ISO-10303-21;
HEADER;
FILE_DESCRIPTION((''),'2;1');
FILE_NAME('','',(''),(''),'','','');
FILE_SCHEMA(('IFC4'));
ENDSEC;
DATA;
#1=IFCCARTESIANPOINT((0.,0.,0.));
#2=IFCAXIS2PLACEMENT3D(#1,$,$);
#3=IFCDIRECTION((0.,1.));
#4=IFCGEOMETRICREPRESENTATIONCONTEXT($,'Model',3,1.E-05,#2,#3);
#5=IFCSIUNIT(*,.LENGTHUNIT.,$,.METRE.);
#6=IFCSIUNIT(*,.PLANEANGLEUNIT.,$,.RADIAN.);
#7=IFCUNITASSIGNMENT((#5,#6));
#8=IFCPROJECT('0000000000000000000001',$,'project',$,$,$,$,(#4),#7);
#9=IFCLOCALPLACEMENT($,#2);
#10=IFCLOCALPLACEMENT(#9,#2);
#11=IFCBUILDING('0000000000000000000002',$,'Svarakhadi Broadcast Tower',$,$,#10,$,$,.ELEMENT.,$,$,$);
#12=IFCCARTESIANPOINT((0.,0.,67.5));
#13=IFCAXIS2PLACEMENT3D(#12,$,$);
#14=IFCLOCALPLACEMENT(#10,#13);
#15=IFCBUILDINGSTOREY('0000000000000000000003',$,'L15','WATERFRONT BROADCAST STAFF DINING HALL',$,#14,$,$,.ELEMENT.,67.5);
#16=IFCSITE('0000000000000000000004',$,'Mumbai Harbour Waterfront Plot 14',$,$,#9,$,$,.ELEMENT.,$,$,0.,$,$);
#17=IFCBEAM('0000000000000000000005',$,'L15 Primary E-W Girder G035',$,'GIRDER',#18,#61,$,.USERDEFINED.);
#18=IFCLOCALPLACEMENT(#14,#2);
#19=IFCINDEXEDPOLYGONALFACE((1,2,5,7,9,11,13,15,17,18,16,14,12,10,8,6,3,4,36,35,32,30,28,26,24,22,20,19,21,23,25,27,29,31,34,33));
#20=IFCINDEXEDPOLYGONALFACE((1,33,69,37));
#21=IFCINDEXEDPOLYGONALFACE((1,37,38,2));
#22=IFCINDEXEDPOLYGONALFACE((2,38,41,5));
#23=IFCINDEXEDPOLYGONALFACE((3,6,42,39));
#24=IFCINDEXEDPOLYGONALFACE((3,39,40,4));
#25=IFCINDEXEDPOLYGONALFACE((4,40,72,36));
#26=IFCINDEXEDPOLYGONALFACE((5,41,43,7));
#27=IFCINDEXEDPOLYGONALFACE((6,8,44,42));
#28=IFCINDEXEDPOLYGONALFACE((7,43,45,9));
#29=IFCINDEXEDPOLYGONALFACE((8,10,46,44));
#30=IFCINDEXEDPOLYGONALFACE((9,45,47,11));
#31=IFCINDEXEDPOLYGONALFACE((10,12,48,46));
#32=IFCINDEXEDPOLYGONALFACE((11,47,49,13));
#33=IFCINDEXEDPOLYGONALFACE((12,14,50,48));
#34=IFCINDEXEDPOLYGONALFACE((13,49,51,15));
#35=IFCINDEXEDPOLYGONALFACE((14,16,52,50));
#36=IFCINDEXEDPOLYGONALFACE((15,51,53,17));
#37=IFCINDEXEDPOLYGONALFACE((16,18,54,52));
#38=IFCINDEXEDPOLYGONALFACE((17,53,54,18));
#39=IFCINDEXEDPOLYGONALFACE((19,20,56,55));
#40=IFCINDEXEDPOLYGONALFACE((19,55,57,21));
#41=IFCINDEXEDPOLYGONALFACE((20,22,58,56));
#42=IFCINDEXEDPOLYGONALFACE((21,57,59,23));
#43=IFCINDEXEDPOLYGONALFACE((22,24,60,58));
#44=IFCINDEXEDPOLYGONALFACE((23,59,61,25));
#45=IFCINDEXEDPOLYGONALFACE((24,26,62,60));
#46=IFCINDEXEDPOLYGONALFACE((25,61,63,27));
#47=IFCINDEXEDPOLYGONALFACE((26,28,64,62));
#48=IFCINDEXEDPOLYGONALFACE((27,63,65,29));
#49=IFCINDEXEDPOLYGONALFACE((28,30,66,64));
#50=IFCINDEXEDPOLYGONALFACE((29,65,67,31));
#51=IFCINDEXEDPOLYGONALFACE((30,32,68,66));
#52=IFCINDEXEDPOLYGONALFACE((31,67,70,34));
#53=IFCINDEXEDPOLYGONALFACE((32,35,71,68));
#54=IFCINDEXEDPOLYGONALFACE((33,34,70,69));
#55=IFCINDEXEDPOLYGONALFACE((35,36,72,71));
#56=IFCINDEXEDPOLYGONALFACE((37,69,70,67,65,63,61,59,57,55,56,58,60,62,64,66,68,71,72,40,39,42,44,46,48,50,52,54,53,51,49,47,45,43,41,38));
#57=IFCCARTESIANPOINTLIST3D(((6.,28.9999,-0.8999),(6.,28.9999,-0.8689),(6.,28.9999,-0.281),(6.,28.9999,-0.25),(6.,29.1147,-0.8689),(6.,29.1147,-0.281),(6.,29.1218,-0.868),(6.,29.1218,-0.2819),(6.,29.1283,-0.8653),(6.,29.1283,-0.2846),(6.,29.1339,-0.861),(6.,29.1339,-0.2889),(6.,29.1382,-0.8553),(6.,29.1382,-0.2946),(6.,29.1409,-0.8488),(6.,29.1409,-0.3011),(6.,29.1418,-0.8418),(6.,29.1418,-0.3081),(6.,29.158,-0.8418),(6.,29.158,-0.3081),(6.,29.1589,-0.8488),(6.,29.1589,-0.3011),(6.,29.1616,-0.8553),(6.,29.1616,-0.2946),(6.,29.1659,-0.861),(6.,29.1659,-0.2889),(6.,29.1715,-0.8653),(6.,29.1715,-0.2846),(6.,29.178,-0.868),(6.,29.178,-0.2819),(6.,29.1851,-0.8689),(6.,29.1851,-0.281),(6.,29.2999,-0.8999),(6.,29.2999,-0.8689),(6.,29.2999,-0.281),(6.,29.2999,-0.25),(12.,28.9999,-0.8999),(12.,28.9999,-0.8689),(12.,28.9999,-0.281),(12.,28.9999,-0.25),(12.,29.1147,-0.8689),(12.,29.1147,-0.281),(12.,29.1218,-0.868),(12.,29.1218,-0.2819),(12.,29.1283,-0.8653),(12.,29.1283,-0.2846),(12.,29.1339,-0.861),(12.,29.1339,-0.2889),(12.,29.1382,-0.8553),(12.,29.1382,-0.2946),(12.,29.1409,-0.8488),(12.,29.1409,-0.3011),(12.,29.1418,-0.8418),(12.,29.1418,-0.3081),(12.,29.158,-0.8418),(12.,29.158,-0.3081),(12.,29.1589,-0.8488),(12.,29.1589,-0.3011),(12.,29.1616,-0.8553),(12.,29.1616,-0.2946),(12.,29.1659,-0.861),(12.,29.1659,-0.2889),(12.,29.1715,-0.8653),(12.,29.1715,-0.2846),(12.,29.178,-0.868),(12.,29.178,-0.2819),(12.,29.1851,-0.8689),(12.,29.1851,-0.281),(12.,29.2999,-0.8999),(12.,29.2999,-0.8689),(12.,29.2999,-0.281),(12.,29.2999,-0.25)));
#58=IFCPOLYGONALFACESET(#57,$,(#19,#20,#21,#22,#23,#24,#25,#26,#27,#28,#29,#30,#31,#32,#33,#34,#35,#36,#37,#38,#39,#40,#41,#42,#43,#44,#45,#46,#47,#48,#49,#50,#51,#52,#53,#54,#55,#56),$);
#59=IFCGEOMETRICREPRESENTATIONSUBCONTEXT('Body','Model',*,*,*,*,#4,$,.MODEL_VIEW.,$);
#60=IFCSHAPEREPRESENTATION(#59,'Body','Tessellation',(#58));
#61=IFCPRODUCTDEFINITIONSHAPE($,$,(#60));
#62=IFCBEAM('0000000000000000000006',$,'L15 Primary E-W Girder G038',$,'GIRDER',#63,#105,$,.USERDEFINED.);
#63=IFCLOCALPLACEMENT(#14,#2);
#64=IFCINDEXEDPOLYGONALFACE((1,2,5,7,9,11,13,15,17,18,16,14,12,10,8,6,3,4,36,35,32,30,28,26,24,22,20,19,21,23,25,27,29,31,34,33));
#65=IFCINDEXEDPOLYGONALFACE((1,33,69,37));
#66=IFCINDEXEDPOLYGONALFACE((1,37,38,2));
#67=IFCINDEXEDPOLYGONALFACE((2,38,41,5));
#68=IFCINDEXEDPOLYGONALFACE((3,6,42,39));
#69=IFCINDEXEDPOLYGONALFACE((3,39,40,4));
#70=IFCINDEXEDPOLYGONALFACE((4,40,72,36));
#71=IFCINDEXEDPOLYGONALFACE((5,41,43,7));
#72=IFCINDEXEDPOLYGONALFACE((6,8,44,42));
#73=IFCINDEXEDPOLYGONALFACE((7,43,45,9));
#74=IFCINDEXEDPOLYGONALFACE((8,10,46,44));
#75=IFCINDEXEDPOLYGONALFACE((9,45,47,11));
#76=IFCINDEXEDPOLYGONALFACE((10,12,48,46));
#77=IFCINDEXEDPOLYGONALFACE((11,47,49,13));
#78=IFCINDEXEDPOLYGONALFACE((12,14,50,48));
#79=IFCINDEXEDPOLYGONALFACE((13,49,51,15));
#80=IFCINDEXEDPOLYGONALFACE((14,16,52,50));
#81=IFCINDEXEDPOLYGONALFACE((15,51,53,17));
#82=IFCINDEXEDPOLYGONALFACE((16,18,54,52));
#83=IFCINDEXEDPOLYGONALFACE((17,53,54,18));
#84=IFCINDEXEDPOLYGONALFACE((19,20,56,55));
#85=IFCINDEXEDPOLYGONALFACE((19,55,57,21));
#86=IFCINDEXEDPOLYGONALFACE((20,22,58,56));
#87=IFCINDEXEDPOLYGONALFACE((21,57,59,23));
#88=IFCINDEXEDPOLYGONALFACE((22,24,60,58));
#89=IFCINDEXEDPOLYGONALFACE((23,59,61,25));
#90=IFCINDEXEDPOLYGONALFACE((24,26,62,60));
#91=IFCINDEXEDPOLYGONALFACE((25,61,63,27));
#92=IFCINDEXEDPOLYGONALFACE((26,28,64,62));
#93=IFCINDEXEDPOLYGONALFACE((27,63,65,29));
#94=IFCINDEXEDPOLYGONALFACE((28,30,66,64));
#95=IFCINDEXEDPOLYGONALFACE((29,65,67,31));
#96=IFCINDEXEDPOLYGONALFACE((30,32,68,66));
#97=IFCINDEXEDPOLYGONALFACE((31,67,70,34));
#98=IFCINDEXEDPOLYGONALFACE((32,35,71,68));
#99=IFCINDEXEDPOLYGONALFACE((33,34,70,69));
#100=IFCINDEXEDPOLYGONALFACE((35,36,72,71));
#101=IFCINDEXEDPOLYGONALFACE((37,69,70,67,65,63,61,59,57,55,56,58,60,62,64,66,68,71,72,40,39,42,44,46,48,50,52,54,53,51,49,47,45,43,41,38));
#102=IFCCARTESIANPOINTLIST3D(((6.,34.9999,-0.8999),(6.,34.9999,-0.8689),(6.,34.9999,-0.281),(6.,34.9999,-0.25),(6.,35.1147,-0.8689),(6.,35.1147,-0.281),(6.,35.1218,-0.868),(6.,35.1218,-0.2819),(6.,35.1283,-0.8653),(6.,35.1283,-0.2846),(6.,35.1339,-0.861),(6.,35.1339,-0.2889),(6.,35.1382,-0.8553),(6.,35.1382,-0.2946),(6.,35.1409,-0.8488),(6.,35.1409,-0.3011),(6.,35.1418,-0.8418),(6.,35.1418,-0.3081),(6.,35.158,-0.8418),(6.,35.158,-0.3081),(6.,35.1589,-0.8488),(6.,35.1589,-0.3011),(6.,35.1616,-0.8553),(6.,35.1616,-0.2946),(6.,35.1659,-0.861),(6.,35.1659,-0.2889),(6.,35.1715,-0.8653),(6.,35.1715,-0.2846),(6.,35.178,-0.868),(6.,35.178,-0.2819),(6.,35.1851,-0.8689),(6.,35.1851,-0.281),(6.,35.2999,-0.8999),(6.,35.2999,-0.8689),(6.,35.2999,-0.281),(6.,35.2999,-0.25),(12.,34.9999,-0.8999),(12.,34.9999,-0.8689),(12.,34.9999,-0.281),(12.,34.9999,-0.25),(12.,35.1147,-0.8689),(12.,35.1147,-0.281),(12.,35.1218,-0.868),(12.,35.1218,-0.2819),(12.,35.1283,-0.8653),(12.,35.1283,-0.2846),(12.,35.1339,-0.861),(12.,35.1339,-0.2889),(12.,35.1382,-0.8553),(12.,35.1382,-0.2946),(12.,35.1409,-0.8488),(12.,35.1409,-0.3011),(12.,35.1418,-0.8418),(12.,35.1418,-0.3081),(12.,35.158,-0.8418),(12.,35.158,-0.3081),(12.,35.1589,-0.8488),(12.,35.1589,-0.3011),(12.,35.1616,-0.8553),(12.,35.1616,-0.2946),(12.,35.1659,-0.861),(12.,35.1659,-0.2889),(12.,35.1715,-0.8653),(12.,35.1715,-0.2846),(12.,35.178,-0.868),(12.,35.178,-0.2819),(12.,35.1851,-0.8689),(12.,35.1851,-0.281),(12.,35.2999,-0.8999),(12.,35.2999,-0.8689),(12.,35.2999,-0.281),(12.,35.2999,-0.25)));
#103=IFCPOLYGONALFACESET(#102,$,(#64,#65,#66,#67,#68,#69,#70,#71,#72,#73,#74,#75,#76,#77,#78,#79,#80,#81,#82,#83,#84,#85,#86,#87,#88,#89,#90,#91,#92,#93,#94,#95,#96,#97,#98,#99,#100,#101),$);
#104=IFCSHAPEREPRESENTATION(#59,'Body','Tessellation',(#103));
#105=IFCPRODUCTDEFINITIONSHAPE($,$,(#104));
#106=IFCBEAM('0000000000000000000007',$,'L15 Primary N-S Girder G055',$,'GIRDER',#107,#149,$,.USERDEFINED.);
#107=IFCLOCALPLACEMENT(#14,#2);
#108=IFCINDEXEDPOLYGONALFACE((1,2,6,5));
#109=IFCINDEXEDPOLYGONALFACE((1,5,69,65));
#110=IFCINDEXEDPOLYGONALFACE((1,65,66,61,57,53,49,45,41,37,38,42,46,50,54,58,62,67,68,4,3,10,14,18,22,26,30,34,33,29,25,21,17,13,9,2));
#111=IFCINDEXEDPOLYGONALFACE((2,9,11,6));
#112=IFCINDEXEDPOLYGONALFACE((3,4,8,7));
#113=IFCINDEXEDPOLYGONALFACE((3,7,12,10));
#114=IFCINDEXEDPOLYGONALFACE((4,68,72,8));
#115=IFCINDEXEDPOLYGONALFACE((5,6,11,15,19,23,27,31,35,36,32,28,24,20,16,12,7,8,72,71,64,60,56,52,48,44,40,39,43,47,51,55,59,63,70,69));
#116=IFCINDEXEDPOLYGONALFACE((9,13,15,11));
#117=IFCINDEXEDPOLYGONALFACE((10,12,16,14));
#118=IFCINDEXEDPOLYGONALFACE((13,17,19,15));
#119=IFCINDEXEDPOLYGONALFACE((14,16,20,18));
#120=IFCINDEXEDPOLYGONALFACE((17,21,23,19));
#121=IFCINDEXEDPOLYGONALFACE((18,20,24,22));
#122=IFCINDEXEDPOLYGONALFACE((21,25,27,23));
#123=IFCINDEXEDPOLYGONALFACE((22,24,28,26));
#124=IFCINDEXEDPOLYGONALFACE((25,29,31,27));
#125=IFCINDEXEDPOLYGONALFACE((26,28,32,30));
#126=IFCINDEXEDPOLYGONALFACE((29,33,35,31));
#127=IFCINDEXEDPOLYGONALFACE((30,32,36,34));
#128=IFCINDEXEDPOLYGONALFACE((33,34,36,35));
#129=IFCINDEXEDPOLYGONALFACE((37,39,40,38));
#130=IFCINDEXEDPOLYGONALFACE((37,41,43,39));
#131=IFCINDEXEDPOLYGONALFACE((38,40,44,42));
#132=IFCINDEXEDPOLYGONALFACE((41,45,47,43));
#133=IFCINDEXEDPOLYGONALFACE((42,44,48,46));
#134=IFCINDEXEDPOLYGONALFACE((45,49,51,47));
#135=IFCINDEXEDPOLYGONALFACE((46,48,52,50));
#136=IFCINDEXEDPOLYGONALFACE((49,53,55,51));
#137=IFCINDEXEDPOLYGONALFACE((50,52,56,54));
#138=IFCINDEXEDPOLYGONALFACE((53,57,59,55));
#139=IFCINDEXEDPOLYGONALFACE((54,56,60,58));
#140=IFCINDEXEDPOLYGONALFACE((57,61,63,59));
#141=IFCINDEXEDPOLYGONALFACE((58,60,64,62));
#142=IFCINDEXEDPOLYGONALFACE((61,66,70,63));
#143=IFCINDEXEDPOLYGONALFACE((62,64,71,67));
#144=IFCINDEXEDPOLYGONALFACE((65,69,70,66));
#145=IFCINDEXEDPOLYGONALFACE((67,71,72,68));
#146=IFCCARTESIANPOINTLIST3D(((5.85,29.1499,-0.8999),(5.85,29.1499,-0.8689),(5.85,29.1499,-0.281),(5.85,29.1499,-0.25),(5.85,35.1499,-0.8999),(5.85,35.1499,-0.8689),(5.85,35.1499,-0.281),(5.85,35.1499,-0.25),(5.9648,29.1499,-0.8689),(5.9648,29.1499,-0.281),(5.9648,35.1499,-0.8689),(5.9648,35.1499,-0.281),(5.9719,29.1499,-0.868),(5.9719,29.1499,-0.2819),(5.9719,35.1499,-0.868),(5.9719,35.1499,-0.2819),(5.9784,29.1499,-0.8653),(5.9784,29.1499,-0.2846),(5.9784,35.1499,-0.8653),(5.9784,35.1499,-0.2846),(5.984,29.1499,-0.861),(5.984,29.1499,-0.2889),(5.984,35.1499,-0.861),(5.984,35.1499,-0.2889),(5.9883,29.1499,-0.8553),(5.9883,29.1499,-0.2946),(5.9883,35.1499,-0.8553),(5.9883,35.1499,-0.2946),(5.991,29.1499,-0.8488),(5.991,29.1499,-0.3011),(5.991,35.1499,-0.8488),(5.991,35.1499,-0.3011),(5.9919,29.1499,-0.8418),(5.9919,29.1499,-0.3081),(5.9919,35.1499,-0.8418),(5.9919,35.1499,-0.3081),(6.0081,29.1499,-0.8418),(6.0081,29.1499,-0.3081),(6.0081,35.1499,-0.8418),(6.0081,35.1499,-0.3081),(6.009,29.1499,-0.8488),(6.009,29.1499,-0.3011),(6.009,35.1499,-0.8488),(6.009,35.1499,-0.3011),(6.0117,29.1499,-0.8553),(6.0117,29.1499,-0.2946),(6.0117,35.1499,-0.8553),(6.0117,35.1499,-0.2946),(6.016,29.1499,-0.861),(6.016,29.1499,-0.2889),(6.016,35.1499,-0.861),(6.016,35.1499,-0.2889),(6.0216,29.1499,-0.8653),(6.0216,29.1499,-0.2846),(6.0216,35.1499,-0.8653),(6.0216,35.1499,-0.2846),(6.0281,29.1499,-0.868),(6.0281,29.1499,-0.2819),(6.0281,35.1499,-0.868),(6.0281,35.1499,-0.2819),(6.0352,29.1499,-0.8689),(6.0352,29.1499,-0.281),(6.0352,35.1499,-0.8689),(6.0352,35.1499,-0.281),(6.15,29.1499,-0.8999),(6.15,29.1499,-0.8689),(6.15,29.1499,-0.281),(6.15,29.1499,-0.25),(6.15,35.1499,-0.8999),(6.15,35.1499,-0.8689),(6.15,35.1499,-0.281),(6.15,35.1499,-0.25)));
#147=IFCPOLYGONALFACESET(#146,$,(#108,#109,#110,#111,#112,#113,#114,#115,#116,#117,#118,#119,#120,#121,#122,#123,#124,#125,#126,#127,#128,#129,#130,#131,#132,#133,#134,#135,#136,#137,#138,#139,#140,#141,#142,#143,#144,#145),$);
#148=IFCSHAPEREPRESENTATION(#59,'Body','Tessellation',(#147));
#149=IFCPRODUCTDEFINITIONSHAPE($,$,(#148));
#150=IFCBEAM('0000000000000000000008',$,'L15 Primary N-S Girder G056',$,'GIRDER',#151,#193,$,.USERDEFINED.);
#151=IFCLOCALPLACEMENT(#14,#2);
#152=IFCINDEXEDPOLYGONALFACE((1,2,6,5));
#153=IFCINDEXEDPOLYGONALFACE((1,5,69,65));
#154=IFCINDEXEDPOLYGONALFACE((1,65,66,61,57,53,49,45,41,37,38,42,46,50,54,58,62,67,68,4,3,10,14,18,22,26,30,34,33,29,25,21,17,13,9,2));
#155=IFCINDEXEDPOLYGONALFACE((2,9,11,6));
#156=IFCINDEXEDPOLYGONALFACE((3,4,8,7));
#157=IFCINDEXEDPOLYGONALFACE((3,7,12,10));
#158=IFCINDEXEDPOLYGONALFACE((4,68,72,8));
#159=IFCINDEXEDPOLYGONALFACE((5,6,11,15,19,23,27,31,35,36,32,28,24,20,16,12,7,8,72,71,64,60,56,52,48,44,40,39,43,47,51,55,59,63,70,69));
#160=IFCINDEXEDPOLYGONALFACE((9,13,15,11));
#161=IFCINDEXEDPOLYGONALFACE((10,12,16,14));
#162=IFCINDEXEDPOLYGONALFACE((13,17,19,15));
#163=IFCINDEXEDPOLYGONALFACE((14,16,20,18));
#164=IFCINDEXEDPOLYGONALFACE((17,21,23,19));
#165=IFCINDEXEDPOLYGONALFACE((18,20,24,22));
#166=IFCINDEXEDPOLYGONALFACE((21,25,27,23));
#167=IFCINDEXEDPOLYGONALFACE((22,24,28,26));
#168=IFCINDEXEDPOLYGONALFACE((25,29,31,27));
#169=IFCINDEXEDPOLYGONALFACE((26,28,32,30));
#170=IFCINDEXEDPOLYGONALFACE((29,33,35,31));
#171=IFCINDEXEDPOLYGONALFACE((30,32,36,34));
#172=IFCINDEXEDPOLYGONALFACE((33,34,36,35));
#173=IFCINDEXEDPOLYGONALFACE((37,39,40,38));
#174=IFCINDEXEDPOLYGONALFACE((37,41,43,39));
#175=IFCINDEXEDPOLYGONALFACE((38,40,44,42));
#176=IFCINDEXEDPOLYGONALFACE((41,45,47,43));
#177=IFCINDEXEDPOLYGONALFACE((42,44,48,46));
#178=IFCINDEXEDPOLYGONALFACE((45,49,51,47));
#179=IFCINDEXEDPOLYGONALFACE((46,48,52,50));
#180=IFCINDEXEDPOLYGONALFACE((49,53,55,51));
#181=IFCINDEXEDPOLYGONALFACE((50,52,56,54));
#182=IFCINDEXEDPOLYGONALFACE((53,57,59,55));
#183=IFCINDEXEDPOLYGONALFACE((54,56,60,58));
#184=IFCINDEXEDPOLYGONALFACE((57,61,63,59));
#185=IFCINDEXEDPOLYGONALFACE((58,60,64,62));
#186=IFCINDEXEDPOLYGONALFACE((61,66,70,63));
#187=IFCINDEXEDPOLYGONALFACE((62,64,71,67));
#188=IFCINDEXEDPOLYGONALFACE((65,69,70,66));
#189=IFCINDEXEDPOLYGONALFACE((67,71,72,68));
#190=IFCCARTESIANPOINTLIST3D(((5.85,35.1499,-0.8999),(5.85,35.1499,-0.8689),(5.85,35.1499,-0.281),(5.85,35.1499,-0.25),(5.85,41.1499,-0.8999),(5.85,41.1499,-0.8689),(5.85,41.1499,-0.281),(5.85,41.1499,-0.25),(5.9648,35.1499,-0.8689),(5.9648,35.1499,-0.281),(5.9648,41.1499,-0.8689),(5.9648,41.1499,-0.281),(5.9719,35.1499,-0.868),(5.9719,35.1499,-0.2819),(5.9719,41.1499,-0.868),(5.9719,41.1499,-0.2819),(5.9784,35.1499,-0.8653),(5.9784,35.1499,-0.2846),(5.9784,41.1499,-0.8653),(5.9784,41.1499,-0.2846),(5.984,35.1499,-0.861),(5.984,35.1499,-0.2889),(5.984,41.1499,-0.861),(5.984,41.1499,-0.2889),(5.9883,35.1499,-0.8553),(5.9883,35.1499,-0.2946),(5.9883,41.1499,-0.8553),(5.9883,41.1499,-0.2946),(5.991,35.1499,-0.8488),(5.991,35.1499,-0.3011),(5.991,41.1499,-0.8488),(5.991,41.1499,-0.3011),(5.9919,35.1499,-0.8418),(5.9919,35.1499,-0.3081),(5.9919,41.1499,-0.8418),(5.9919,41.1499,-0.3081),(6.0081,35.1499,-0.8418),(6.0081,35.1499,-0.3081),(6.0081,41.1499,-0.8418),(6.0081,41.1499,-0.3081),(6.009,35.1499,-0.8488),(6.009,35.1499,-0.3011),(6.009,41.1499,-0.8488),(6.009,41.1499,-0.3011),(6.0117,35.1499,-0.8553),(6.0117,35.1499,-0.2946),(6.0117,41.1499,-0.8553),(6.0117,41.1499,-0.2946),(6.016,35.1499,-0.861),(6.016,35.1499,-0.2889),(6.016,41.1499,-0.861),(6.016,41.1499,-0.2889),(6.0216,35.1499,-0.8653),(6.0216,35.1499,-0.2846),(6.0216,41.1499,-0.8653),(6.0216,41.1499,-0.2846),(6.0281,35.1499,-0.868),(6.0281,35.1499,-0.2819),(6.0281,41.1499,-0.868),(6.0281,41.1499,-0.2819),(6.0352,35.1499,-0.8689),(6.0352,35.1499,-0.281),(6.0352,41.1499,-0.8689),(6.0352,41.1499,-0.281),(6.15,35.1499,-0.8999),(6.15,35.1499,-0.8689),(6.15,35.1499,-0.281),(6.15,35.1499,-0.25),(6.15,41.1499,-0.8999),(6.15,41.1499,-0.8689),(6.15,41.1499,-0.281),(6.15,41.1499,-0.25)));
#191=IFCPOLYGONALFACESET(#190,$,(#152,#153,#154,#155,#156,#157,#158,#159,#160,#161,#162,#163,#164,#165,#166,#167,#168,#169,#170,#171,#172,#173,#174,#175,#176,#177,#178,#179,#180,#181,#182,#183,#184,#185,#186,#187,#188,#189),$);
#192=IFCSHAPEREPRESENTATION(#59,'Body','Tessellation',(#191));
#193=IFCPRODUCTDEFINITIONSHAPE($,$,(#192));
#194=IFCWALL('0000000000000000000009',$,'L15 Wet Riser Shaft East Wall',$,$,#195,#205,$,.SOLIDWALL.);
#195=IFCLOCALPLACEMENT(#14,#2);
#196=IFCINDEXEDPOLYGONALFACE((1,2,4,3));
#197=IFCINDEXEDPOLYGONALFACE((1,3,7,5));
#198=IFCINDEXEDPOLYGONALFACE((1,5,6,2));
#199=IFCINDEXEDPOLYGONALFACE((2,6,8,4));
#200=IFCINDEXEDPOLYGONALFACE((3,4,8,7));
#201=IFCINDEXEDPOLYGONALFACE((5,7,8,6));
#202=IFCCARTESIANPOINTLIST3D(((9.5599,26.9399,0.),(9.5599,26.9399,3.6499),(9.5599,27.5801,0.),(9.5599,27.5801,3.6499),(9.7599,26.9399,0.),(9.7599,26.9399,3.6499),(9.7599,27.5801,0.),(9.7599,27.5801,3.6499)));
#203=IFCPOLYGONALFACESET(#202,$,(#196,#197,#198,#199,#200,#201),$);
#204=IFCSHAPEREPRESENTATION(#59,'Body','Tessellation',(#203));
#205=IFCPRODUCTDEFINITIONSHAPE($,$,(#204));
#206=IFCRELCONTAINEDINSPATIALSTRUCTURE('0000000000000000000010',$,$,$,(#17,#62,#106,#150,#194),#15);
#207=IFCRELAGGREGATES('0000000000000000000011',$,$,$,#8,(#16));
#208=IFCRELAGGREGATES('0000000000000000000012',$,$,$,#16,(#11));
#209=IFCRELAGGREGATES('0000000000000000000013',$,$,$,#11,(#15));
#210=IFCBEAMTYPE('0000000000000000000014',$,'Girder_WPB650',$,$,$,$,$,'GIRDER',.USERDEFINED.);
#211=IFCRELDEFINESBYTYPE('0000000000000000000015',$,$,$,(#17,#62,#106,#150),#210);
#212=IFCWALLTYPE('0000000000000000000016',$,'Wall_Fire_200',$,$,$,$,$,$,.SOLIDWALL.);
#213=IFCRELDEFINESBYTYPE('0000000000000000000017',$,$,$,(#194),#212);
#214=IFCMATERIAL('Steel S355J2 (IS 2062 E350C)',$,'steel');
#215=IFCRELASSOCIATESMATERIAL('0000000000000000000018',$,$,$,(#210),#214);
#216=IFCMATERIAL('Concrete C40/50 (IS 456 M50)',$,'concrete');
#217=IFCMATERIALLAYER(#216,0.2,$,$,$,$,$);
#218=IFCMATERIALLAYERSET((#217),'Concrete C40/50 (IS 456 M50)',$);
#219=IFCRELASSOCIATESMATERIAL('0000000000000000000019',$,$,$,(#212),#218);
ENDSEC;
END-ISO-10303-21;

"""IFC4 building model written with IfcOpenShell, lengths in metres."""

from ifc_helpers import new_model, si_unit, direction, frame, frame_2d, origin, origin_2d, place, context, subcontext, project, spatial, rectangle, i_section, extrude, material, layer, layer_set, material_profile, profile_set, type_object, element, save


model = new_model("IFC4")

# Units and contexts
model_context = context("Model", 3, precision=1e-05, world=origin(), true_north=direction((0.0, 1.0)))
body_context = subcontext(model_context, "Body", "Model", "MODEL_VIEW")
ifc_project = project(units=[si_unit("LENGTHUNIT", "METRE"), si_unit("PLANEANGLEUNIT", "RADIAN")], contexts=[model_context])

# Site, building, storey
site_placement = place(None, origin())
site = spatial("IfcSite", under=ifc_project, at=site_placement, Name="Mumbai Harbour Waterfront Plot 14", CompositionType="ELEMENT", RefElevation=0.0)
building_placement = place(site_placement, origin())
building = spatial("IfcBuilding", under=site, at=building_placement, Name="Svarakhadi Broadcast Tower", CompositionType="ELEMENT")
storey_placement = place(building_placement, frame((0.0, 0.0, 67.5)))
storey = spatial("IfcBuildingStorey", under=building, at=storey_placement, Name="L15", Description="WATERFRONT BROADCAST STAFF DINING HALL", CompositionType="ELEMENT", Elevation=67.5)

# Beams
ifc_material_1 = material(Name="Steel S355J2 (IS 2062 E350C)", Category="steel")
ifc_material_profile_1 = material_profile(ifc_material_1, i_section(OverallWidth=0.3, OverallDepth=0.6499, WebThickness=0.0161, FlangeThickness=0.031, FilletRadius=0.0271, at=origin_2d()), Name="WPB 650x300x225")
ifc_profile_set_1 = profile_set([ifc_material_profile_1], Name="Steel S355J2 (IS 2062 E350C)")
beam_type_1 = type_object("IfcBeamType", Name="Girder_WPB650", ElementType="GIRDER", PredefinedType="USERDEFINED", material=ifc_profile_set_1)
for number, where, z_axis, x_axis, name in (
    (1, (6.0, 29.1499, -0.575), (1.0, 0.0, 0.0), (0.0, 1.0, 0.0), "L15 Primary E-W Girder G035"),
    (2, (6.0, 35.1499, -0.575), (1.0, 0.0, 0.0), (0.0, 1.0, 0.0), "L15 Primary E-W Girder G038"),
    (3, (6.0, 29.1499, -0.575), (0.0, 1.0, 0.0), (-1.0, 0.0, 0.0), "L15 Primary N-S Girder G055"),
    (4, (6.0, 35.1499, -0.575), (0.0, 1.0, 0.0), (-1.0, 0.0, 0.0), "L15 Primary N-S Girder G056"),
):
    element("IfcBeam", number, at=place(storey_placement, frame(where, z_axis=z_axis, x_axis=x_axis)), inside=storey, type_object=beam_type_1, Name=name, ObjectType="GIRDER", PredefinedType="USERDEFINED", context=body_context, shape_type="SweptSolid", body=[
        extrude(i_section(OverallWidth=0.3, OverallDepth=0.6499, WebThickness=0.0161, FlangeThickness=0.031, FilletRadius=0.0271, at=origin_2d()), origin(), (0.0, 0.0, 1.0), 6.0),
    ])

# Wall
ifc_material_2 = material(Name="Concrete C40/50 (IS 456 M50)", Category="concrete")
ifc_layer_1 = layer(ifc_material_2, 0.2)
ifc_layer_set_1 = layer_set([ifc_layer_1], Name="Concrete C40/50 (IS 456 M50)")
wall_type_1 = type_object("IfcWallType", Name="Wall_Fire_200", PredefinedType="SOLIDWALL", material=ifc_layer_set_1)
wall_1_placement = place(storey_placement, frame((9.6599, 26.9399, 0.0), z_axis=(0.0, 0.0, 1.0), x_axis=(0.0, 1.0, 0.0)))
element("IfcWall", 5, at=wall_1_placement, inside=storey, type_object=wall_type_1, Name="L15 Wet Riser Shaft East Wall", PredefinedType="SOLIDWALL", context=body_context, shape_type="SweptSolid", body=[
    extrude(rectangle(XDim=0.6401, YDim=0.2, at=frame_2d((0.3201, 0.0))), origin(), (0.0, 0.0, 1.0), 3.6499),
])

save(model, "model.ifc")
